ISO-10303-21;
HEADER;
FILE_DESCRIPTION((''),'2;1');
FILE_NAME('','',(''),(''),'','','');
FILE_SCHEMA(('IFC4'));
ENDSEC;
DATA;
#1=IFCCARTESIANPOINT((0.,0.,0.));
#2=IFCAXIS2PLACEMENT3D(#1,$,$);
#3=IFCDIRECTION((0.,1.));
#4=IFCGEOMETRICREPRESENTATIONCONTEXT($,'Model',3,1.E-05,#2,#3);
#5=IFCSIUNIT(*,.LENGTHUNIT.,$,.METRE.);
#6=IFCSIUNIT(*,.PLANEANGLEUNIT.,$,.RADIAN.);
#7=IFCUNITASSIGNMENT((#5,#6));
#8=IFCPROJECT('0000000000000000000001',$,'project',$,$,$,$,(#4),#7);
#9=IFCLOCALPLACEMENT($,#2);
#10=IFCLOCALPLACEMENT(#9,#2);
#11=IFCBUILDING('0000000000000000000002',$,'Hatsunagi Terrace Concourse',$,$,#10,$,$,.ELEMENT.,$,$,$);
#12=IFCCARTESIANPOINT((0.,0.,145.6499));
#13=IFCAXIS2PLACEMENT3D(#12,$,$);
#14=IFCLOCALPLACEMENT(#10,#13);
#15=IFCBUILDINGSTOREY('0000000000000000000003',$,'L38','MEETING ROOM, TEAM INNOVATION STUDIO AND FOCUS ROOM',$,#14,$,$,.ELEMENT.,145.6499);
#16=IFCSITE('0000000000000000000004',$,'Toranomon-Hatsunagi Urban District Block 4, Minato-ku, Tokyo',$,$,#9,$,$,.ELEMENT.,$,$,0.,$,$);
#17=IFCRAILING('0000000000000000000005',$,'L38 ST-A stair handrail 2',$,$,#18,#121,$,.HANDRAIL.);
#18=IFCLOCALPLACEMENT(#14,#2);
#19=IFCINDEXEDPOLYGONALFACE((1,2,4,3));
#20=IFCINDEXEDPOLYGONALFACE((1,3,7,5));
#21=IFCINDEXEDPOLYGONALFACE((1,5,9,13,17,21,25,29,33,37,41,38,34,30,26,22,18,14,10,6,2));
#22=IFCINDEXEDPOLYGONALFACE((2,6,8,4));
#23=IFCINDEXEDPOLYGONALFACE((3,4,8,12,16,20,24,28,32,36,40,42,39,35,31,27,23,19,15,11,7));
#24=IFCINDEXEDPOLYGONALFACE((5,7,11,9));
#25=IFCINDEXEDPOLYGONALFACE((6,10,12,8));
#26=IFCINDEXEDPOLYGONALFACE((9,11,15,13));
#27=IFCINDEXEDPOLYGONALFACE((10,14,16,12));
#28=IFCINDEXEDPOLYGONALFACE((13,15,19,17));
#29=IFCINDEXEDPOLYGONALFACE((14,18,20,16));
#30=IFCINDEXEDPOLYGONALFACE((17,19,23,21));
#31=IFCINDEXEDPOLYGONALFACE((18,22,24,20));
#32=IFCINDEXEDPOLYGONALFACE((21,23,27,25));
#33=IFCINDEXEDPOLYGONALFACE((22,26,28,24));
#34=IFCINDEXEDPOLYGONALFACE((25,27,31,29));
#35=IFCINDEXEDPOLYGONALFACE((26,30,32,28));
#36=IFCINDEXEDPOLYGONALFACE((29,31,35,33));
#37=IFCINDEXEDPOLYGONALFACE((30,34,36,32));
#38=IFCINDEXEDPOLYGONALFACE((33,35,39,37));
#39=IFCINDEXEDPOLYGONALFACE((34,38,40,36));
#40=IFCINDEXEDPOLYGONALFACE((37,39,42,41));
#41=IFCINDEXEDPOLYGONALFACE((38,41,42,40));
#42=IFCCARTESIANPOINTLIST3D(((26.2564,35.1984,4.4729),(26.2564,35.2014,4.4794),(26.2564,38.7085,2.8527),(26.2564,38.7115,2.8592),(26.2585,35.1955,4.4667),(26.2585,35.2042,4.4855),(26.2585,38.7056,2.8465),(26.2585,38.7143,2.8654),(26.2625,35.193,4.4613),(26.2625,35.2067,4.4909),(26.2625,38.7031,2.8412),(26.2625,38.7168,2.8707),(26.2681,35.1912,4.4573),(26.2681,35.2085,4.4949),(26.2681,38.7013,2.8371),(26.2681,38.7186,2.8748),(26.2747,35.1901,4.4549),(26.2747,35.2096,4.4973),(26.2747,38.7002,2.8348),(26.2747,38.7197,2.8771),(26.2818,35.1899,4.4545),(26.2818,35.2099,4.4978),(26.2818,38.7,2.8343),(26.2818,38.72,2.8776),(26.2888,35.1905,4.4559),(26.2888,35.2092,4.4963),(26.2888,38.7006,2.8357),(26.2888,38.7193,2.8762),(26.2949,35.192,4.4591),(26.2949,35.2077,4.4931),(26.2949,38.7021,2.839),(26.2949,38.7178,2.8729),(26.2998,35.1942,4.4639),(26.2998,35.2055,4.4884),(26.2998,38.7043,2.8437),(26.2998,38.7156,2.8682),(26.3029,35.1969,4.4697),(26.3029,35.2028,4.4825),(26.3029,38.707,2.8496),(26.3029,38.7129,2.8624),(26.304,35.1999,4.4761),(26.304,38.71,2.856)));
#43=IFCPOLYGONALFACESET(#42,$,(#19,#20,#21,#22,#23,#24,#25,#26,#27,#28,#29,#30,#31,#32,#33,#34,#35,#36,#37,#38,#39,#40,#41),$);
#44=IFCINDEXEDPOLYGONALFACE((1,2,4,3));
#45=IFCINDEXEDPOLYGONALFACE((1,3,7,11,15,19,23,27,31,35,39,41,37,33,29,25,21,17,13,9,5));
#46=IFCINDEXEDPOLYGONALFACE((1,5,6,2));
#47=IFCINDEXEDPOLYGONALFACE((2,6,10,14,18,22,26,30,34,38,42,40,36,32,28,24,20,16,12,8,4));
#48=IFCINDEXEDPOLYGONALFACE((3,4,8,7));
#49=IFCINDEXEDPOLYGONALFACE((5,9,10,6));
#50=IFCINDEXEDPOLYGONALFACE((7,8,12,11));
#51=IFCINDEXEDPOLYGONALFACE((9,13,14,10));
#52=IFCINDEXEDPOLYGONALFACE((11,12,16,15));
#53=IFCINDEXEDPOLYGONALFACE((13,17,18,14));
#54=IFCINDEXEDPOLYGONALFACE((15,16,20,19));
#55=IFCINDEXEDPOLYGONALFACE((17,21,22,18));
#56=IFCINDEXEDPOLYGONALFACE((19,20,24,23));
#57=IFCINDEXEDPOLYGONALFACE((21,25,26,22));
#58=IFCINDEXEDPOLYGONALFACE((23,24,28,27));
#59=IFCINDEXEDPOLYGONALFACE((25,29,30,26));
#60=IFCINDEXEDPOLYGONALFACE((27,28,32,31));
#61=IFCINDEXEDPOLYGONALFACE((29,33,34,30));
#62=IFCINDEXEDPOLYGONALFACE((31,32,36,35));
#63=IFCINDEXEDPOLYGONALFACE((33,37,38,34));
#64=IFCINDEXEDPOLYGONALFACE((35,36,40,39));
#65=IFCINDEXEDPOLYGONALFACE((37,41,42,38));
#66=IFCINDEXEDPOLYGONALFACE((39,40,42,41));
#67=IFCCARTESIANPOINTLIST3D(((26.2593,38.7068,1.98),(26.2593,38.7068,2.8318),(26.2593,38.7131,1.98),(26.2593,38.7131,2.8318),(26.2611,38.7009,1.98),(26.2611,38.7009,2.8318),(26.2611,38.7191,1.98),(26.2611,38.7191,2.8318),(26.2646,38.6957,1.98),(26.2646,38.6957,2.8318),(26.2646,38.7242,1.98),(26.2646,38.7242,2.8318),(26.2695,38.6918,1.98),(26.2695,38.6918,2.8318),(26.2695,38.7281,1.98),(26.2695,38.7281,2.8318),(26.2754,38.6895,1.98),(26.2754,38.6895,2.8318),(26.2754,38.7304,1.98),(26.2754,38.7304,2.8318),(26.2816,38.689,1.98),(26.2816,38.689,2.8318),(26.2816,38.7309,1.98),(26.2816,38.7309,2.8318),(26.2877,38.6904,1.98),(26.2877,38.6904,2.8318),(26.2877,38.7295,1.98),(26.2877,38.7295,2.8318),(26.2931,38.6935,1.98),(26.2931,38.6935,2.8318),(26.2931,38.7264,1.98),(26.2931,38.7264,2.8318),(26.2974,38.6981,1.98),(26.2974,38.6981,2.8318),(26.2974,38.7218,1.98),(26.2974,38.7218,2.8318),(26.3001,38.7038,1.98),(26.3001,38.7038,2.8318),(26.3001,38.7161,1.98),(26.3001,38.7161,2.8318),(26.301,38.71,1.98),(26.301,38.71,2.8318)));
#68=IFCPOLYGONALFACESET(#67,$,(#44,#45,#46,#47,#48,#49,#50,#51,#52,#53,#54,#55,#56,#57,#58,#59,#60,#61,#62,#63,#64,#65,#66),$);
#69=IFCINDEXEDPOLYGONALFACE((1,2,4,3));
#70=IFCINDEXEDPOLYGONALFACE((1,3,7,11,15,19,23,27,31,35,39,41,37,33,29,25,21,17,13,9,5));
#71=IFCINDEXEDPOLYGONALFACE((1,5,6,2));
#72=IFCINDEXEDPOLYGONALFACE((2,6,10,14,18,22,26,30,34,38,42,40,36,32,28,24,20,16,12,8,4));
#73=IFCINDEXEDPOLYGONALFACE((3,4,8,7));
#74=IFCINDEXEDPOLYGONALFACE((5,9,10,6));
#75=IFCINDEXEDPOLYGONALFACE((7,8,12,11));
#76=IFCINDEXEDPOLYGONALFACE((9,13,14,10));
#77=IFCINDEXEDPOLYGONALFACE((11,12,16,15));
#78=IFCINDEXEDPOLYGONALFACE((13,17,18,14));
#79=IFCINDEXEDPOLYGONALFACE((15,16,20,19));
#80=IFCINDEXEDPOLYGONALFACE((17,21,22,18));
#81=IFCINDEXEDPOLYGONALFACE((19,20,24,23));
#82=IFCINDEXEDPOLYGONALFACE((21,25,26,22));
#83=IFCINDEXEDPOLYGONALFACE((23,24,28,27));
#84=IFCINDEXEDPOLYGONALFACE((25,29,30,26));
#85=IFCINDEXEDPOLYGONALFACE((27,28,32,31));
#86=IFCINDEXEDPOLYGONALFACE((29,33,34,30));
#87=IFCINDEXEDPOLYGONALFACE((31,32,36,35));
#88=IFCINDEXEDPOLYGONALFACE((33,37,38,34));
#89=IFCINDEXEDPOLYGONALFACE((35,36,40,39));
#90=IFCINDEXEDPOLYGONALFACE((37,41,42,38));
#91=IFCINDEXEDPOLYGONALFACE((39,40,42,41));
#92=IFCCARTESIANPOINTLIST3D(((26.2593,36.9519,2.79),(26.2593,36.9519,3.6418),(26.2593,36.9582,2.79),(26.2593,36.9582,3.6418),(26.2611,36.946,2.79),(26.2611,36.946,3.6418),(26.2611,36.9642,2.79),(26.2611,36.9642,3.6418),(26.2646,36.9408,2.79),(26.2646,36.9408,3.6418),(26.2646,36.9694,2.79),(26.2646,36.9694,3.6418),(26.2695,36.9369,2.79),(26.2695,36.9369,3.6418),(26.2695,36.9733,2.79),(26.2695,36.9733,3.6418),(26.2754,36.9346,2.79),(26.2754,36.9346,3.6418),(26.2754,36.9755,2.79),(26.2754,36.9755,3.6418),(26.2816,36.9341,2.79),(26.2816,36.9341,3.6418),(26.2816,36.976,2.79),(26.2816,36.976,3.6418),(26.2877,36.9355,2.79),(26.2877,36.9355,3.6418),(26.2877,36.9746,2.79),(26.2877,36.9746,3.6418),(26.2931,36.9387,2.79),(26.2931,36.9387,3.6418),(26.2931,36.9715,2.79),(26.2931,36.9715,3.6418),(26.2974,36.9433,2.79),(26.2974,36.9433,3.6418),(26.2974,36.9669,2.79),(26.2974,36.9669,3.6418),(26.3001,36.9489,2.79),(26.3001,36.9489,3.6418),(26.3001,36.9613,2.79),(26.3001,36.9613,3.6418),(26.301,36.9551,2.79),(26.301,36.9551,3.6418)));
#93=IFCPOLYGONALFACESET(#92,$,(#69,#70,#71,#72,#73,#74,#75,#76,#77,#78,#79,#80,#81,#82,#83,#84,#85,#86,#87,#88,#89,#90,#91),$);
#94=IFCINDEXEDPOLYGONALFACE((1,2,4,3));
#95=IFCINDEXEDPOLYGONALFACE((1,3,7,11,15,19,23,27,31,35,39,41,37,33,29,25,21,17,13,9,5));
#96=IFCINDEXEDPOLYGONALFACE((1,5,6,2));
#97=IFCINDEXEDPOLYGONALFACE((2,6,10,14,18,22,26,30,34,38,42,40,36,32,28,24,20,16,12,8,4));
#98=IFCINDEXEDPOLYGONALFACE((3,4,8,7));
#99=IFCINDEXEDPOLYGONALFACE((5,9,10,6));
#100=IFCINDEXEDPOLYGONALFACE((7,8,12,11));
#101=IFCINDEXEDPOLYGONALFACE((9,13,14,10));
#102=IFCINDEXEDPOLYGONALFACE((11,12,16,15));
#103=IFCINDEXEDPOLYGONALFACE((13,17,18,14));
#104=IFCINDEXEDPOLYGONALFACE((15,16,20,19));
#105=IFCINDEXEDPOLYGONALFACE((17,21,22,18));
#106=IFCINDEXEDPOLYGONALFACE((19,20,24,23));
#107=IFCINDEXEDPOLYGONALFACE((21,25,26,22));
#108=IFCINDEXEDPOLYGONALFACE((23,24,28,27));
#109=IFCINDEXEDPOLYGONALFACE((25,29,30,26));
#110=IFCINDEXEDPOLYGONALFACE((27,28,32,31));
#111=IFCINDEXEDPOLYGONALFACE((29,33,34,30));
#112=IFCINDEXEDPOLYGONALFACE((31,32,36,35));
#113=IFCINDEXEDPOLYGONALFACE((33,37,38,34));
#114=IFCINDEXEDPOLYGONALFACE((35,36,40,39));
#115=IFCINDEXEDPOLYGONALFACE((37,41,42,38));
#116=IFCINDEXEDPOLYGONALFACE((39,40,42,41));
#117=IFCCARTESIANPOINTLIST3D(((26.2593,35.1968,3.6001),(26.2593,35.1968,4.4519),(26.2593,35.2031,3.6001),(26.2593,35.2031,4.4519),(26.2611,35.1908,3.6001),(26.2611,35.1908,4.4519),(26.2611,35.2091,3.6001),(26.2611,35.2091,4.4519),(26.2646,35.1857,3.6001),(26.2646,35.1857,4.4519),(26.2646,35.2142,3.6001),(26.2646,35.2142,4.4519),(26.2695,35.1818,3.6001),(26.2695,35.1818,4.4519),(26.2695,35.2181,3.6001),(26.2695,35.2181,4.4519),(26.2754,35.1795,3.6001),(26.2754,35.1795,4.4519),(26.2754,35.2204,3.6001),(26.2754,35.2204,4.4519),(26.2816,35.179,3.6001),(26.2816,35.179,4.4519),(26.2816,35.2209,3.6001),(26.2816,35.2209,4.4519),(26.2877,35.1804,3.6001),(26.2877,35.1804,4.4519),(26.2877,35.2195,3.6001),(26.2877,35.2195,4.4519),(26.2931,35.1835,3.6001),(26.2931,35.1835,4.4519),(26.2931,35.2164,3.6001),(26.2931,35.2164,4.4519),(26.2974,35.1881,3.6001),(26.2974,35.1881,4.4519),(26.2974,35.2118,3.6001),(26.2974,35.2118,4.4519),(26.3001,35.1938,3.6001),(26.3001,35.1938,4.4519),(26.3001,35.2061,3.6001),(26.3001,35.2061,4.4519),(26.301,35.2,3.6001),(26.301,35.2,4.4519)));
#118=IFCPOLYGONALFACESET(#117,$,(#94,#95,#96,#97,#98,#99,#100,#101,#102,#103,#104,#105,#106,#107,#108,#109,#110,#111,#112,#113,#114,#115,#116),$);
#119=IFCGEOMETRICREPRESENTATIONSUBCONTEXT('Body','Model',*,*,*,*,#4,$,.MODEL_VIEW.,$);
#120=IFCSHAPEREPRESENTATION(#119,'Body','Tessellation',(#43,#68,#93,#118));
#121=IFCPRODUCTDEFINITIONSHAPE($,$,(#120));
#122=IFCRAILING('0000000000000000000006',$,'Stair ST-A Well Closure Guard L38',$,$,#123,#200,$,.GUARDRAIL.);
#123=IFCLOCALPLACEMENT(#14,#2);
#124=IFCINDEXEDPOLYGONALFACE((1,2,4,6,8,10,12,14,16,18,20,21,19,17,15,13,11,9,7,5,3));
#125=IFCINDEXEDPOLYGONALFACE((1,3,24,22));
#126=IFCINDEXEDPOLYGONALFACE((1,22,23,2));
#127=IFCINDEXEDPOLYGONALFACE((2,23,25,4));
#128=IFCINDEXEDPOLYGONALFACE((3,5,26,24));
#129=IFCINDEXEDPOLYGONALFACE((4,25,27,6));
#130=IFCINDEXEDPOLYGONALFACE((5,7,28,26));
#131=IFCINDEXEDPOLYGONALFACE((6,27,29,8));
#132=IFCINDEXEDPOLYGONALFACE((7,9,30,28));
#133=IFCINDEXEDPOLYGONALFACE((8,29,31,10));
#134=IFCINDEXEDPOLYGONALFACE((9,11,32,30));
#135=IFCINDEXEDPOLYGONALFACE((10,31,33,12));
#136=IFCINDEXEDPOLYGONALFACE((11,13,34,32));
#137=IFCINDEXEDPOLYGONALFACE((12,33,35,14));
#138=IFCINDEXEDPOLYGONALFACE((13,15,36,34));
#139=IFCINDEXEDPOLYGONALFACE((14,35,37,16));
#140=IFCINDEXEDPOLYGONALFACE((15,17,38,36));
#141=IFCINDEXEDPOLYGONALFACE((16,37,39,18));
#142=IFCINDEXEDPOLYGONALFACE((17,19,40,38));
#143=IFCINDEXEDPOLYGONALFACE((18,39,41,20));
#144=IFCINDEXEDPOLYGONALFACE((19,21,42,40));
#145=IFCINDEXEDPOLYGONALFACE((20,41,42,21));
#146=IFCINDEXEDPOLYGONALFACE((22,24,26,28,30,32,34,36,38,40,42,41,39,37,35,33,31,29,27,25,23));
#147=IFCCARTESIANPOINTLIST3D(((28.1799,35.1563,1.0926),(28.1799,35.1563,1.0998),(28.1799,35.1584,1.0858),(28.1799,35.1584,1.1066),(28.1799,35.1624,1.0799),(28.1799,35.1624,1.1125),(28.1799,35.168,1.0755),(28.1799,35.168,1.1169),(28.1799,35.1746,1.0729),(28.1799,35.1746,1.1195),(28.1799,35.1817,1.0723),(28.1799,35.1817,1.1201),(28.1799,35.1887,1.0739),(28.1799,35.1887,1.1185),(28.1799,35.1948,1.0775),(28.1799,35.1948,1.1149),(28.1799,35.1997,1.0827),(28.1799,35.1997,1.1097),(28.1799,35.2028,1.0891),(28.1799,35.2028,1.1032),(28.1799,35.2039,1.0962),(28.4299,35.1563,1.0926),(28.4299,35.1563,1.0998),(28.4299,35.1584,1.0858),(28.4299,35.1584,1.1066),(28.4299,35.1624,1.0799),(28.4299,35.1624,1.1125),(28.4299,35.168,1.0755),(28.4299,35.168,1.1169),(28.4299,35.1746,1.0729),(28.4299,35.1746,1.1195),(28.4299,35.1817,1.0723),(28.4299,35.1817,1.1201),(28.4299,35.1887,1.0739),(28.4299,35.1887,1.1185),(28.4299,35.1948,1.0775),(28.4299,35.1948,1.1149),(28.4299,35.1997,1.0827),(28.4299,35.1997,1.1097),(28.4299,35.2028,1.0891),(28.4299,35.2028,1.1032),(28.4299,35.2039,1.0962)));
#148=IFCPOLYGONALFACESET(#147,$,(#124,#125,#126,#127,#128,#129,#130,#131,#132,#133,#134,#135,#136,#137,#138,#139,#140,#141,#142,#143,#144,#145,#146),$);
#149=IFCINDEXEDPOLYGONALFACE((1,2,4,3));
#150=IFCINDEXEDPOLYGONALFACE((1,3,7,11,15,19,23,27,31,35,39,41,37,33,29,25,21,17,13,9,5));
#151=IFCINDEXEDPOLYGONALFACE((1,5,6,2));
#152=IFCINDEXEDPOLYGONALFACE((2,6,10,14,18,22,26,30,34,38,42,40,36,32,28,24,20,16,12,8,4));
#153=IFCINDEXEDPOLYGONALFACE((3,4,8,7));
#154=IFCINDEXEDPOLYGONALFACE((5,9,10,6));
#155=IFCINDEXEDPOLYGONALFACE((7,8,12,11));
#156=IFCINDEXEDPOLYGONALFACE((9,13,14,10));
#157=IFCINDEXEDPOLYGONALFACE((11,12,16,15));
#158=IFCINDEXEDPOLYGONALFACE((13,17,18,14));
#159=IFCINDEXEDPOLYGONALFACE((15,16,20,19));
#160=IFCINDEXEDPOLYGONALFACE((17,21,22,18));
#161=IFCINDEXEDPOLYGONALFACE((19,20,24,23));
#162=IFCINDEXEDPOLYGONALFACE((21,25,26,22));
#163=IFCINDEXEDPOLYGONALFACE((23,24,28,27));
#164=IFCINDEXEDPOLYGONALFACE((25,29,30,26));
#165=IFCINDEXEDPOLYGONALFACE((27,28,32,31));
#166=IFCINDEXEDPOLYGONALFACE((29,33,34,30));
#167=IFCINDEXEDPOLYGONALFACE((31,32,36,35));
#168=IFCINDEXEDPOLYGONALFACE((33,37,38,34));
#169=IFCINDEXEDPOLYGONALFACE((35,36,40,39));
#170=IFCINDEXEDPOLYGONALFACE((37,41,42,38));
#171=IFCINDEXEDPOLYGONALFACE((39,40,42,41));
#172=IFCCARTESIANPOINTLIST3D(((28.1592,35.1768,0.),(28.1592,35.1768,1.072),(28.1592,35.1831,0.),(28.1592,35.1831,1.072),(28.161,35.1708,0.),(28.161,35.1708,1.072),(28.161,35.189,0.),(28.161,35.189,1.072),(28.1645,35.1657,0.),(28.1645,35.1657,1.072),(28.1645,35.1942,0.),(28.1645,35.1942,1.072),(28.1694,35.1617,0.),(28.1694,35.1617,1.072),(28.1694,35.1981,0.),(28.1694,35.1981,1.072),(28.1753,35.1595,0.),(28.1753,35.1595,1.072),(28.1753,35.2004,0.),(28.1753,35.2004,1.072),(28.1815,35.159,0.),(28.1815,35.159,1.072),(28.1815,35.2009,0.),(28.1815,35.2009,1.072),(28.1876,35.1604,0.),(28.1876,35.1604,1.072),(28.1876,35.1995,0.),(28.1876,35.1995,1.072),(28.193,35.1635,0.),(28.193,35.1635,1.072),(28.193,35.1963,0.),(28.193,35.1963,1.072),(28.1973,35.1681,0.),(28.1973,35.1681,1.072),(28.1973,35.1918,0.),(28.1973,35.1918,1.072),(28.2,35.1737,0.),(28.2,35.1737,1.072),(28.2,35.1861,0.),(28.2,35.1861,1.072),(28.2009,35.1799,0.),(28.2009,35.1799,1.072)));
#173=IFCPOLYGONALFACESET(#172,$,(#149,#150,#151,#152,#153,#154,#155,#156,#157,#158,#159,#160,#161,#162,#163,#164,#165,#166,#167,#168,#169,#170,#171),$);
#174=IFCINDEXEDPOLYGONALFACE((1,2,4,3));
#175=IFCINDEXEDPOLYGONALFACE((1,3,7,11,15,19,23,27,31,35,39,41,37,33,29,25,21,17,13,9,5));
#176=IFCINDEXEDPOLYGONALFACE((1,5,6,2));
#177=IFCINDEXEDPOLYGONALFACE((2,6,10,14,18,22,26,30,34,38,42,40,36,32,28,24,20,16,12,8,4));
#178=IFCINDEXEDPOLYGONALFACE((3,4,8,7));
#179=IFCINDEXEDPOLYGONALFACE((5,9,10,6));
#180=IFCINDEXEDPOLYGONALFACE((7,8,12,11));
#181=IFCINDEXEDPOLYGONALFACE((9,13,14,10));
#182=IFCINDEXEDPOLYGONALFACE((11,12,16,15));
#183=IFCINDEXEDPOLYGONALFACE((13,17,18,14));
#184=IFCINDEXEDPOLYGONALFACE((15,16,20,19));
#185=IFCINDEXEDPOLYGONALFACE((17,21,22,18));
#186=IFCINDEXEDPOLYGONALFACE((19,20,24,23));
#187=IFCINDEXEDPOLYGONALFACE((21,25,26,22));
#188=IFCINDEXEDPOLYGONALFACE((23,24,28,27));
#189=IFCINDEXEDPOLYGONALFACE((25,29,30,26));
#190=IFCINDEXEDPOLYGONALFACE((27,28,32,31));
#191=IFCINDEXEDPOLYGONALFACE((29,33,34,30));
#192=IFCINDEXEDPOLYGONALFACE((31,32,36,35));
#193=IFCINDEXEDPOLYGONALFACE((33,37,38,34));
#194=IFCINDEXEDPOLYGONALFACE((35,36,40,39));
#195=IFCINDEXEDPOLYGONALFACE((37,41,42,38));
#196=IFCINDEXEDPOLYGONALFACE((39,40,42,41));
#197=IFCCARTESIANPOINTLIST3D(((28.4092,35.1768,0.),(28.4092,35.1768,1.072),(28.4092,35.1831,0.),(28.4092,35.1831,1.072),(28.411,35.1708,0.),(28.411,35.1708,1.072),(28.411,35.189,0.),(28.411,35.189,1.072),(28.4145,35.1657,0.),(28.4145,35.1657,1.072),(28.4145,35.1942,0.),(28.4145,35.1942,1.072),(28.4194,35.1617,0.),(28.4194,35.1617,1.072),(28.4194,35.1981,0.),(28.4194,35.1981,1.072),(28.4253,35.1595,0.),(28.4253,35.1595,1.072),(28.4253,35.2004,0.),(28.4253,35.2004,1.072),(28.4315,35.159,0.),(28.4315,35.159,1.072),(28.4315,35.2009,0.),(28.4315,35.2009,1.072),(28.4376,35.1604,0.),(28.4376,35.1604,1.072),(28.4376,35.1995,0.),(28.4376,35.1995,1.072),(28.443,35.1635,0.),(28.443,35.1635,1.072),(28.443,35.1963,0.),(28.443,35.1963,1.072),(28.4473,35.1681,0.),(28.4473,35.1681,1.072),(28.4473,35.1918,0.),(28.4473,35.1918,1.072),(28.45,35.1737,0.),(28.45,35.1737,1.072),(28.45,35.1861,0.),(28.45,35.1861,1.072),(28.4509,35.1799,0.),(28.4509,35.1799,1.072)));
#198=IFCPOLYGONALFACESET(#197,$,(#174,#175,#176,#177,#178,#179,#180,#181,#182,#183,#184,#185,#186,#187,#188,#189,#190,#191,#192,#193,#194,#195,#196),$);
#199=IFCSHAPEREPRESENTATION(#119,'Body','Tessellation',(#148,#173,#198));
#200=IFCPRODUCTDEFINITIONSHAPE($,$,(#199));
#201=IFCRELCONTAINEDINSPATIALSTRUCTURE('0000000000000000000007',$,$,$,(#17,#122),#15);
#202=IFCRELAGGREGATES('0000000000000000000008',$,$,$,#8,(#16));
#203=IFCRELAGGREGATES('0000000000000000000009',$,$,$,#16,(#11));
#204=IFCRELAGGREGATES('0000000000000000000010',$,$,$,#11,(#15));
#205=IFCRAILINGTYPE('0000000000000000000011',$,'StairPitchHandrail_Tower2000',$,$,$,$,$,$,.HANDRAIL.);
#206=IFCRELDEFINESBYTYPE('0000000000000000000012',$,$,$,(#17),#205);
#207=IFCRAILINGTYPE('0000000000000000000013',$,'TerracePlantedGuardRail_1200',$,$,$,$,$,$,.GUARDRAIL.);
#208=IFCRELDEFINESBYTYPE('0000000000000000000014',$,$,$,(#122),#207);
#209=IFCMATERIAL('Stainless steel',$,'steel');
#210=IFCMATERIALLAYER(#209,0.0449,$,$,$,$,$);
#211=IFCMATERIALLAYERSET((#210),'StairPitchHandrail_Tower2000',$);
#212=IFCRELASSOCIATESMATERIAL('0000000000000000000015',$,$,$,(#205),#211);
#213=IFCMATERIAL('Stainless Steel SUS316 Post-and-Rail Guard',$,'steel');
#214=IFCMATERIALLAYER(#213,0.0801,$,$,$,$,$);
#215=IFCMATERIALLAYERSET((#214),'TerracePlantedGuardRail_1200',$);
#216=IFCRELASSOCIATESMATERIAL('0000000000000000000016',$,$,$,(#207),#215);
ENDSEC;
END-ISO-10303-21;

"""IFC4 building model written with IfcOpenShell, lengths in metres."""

from ifc_helpers import new_model, si_unit, direction, frame, origin, origin_2d, place, context, subcontext, project, spatial, circle, extrude, material, layer, layer_set, type_object, element, save


model = new_model("IFC4")

# Units and contexts
model_context = context("Model", 3, precision=1e-05, world=origin(), true_north=direction((0.0, 1.0)))
body_context = subcontext(model_context, "Body", "Model", "MODEL_VIEW")
ifc_project = project(units=[si_unit("LENGTHUNIT", "METRE"), si_unit("PLANEANGLEUNIT", "RADIAN")], contexts=[model_context])

# Site, building, storey
site_placement = place(None, origin())
site = spatial("IfcSite", under=ifc_project, at=site_placement, Name="Toranomon-Hatsunagi Urban District Block 4, Minato-ku, Tokyo", CompositionType="ELEMENT", RefElevation=0.0)
building_placement = place(site_placement, origin())
building = spatial("IfcBuilding", under=site, at=building_placement, Name="Hatsunagi Terrace Concourse", CompositionType="ELEMENT")
storey_placement = place(building_placement, frame((0.0, 0.0, 145.6499)))
storey = spatial("IfcBuildingStorey", under=building, at=storey_placement, Name="L38", Description="MEETING ROOM, TEAM INNOVATION STUDIO AND FOCUS ROOM", CompositionType="ELEMENT", Elevation=145.6499)

# Railings
ifc_material_1 = material(Name="Stainless steel", Category="steel")
ifc_layer_1 = layer(ifc_material_1, 0.0449)
ifc_layer_set_1 = layer_set([ifc_layer_1], Name="StairPitchHandrail_Tower2000")
railing_type_1 = type_object("IfcRailingType", Name="StairPitchHandrail_Tower2000", PredefinedType="HANDRAIL", material=ifc_layer_set_1)
railing_1_placement = place(storey_placement, frame((26.28, 38.71, 1.98)))
element("IfcRailing", 1, at=railing_1_placement, inside=storey, type_object=railing_type_1, Name="L38 ST-A stair handrail 2", PredefinedType="HANDRAIL", context=body_context, shape_type="SweptSolid", body=[
    extrude(circle(Radius=0.0239, at=origin_2d()), frame((0.0, 0.0, 0.876), z_axis=(0.0, -0.907948, 0.419082), x_axis=(1.0, 0.0, 0.0)), (0.0, 0.0, 1.0), 3.866),
    extrude(circle(Radius=0.021, at=origin_2d()), origin(), (0.0, 0.0, 1.0), 0.8518),
    extrude(circle(Radius=0.021, at=origin_2d()), frame((0.0, -1.7549, 0.8101)), (0.0, 0.0, 1.0), 0.8518),
    extrude(circle(Radius=0.021, at=origin_2d()), frame((0.0, -3.51, 1.6201)), (0.0, 0.0, 1.0), 0.8518),
])
ifc_material_2 = material(Name="Stainless Steel SUS316 Post-and-Rail Guard", Category="steel")
ifc_layer_2 = layer(ifc_material_2, 0.0801)
ifc_layer_set_2 = layer_set([ifc_layer_2], Name="TerracePlantedGuardRail_1200")
railing_type_2 = type_object("IfcRailingType", Name="TerracePlantedGuardRail_1200", PredefinedType="GUARDRAIL", material=ifc_layer_set_2)
railing_2_placement = place(storey_placement, frame((28.1799, 35.1799, 0.0)))
element("IfcRailing", 2, at=railing_2_placement, inside=storey, type_object=railing_type_2, Name="Stair ST-A Well Closure Guard L38", PredefinedType="GUARDRAIL", context=body_context, shape_type="SweptSolid", body=[
    extrude(circle(Radius=0.0239, at=origin_2d()), frame((0.0, 0.0, 1.0962), z_axis=(1.0, 0.0, 0.0), x_axis=(0.0, 1.0, 0.0)), (0.0, 0.0, 1.0), 0.25),
    extrude(circle(Radius=0.021, at=origin_2d()), origin(), (0.0, 0.0, 1.0), 1.072),
    extrude(circle(Radius=0.021, at=origin_2d()), frame((0.25, 0.0, 0.0)), (0.0, 0.0, 1.0), 1.072),
])

save(model, "model.ifc")
